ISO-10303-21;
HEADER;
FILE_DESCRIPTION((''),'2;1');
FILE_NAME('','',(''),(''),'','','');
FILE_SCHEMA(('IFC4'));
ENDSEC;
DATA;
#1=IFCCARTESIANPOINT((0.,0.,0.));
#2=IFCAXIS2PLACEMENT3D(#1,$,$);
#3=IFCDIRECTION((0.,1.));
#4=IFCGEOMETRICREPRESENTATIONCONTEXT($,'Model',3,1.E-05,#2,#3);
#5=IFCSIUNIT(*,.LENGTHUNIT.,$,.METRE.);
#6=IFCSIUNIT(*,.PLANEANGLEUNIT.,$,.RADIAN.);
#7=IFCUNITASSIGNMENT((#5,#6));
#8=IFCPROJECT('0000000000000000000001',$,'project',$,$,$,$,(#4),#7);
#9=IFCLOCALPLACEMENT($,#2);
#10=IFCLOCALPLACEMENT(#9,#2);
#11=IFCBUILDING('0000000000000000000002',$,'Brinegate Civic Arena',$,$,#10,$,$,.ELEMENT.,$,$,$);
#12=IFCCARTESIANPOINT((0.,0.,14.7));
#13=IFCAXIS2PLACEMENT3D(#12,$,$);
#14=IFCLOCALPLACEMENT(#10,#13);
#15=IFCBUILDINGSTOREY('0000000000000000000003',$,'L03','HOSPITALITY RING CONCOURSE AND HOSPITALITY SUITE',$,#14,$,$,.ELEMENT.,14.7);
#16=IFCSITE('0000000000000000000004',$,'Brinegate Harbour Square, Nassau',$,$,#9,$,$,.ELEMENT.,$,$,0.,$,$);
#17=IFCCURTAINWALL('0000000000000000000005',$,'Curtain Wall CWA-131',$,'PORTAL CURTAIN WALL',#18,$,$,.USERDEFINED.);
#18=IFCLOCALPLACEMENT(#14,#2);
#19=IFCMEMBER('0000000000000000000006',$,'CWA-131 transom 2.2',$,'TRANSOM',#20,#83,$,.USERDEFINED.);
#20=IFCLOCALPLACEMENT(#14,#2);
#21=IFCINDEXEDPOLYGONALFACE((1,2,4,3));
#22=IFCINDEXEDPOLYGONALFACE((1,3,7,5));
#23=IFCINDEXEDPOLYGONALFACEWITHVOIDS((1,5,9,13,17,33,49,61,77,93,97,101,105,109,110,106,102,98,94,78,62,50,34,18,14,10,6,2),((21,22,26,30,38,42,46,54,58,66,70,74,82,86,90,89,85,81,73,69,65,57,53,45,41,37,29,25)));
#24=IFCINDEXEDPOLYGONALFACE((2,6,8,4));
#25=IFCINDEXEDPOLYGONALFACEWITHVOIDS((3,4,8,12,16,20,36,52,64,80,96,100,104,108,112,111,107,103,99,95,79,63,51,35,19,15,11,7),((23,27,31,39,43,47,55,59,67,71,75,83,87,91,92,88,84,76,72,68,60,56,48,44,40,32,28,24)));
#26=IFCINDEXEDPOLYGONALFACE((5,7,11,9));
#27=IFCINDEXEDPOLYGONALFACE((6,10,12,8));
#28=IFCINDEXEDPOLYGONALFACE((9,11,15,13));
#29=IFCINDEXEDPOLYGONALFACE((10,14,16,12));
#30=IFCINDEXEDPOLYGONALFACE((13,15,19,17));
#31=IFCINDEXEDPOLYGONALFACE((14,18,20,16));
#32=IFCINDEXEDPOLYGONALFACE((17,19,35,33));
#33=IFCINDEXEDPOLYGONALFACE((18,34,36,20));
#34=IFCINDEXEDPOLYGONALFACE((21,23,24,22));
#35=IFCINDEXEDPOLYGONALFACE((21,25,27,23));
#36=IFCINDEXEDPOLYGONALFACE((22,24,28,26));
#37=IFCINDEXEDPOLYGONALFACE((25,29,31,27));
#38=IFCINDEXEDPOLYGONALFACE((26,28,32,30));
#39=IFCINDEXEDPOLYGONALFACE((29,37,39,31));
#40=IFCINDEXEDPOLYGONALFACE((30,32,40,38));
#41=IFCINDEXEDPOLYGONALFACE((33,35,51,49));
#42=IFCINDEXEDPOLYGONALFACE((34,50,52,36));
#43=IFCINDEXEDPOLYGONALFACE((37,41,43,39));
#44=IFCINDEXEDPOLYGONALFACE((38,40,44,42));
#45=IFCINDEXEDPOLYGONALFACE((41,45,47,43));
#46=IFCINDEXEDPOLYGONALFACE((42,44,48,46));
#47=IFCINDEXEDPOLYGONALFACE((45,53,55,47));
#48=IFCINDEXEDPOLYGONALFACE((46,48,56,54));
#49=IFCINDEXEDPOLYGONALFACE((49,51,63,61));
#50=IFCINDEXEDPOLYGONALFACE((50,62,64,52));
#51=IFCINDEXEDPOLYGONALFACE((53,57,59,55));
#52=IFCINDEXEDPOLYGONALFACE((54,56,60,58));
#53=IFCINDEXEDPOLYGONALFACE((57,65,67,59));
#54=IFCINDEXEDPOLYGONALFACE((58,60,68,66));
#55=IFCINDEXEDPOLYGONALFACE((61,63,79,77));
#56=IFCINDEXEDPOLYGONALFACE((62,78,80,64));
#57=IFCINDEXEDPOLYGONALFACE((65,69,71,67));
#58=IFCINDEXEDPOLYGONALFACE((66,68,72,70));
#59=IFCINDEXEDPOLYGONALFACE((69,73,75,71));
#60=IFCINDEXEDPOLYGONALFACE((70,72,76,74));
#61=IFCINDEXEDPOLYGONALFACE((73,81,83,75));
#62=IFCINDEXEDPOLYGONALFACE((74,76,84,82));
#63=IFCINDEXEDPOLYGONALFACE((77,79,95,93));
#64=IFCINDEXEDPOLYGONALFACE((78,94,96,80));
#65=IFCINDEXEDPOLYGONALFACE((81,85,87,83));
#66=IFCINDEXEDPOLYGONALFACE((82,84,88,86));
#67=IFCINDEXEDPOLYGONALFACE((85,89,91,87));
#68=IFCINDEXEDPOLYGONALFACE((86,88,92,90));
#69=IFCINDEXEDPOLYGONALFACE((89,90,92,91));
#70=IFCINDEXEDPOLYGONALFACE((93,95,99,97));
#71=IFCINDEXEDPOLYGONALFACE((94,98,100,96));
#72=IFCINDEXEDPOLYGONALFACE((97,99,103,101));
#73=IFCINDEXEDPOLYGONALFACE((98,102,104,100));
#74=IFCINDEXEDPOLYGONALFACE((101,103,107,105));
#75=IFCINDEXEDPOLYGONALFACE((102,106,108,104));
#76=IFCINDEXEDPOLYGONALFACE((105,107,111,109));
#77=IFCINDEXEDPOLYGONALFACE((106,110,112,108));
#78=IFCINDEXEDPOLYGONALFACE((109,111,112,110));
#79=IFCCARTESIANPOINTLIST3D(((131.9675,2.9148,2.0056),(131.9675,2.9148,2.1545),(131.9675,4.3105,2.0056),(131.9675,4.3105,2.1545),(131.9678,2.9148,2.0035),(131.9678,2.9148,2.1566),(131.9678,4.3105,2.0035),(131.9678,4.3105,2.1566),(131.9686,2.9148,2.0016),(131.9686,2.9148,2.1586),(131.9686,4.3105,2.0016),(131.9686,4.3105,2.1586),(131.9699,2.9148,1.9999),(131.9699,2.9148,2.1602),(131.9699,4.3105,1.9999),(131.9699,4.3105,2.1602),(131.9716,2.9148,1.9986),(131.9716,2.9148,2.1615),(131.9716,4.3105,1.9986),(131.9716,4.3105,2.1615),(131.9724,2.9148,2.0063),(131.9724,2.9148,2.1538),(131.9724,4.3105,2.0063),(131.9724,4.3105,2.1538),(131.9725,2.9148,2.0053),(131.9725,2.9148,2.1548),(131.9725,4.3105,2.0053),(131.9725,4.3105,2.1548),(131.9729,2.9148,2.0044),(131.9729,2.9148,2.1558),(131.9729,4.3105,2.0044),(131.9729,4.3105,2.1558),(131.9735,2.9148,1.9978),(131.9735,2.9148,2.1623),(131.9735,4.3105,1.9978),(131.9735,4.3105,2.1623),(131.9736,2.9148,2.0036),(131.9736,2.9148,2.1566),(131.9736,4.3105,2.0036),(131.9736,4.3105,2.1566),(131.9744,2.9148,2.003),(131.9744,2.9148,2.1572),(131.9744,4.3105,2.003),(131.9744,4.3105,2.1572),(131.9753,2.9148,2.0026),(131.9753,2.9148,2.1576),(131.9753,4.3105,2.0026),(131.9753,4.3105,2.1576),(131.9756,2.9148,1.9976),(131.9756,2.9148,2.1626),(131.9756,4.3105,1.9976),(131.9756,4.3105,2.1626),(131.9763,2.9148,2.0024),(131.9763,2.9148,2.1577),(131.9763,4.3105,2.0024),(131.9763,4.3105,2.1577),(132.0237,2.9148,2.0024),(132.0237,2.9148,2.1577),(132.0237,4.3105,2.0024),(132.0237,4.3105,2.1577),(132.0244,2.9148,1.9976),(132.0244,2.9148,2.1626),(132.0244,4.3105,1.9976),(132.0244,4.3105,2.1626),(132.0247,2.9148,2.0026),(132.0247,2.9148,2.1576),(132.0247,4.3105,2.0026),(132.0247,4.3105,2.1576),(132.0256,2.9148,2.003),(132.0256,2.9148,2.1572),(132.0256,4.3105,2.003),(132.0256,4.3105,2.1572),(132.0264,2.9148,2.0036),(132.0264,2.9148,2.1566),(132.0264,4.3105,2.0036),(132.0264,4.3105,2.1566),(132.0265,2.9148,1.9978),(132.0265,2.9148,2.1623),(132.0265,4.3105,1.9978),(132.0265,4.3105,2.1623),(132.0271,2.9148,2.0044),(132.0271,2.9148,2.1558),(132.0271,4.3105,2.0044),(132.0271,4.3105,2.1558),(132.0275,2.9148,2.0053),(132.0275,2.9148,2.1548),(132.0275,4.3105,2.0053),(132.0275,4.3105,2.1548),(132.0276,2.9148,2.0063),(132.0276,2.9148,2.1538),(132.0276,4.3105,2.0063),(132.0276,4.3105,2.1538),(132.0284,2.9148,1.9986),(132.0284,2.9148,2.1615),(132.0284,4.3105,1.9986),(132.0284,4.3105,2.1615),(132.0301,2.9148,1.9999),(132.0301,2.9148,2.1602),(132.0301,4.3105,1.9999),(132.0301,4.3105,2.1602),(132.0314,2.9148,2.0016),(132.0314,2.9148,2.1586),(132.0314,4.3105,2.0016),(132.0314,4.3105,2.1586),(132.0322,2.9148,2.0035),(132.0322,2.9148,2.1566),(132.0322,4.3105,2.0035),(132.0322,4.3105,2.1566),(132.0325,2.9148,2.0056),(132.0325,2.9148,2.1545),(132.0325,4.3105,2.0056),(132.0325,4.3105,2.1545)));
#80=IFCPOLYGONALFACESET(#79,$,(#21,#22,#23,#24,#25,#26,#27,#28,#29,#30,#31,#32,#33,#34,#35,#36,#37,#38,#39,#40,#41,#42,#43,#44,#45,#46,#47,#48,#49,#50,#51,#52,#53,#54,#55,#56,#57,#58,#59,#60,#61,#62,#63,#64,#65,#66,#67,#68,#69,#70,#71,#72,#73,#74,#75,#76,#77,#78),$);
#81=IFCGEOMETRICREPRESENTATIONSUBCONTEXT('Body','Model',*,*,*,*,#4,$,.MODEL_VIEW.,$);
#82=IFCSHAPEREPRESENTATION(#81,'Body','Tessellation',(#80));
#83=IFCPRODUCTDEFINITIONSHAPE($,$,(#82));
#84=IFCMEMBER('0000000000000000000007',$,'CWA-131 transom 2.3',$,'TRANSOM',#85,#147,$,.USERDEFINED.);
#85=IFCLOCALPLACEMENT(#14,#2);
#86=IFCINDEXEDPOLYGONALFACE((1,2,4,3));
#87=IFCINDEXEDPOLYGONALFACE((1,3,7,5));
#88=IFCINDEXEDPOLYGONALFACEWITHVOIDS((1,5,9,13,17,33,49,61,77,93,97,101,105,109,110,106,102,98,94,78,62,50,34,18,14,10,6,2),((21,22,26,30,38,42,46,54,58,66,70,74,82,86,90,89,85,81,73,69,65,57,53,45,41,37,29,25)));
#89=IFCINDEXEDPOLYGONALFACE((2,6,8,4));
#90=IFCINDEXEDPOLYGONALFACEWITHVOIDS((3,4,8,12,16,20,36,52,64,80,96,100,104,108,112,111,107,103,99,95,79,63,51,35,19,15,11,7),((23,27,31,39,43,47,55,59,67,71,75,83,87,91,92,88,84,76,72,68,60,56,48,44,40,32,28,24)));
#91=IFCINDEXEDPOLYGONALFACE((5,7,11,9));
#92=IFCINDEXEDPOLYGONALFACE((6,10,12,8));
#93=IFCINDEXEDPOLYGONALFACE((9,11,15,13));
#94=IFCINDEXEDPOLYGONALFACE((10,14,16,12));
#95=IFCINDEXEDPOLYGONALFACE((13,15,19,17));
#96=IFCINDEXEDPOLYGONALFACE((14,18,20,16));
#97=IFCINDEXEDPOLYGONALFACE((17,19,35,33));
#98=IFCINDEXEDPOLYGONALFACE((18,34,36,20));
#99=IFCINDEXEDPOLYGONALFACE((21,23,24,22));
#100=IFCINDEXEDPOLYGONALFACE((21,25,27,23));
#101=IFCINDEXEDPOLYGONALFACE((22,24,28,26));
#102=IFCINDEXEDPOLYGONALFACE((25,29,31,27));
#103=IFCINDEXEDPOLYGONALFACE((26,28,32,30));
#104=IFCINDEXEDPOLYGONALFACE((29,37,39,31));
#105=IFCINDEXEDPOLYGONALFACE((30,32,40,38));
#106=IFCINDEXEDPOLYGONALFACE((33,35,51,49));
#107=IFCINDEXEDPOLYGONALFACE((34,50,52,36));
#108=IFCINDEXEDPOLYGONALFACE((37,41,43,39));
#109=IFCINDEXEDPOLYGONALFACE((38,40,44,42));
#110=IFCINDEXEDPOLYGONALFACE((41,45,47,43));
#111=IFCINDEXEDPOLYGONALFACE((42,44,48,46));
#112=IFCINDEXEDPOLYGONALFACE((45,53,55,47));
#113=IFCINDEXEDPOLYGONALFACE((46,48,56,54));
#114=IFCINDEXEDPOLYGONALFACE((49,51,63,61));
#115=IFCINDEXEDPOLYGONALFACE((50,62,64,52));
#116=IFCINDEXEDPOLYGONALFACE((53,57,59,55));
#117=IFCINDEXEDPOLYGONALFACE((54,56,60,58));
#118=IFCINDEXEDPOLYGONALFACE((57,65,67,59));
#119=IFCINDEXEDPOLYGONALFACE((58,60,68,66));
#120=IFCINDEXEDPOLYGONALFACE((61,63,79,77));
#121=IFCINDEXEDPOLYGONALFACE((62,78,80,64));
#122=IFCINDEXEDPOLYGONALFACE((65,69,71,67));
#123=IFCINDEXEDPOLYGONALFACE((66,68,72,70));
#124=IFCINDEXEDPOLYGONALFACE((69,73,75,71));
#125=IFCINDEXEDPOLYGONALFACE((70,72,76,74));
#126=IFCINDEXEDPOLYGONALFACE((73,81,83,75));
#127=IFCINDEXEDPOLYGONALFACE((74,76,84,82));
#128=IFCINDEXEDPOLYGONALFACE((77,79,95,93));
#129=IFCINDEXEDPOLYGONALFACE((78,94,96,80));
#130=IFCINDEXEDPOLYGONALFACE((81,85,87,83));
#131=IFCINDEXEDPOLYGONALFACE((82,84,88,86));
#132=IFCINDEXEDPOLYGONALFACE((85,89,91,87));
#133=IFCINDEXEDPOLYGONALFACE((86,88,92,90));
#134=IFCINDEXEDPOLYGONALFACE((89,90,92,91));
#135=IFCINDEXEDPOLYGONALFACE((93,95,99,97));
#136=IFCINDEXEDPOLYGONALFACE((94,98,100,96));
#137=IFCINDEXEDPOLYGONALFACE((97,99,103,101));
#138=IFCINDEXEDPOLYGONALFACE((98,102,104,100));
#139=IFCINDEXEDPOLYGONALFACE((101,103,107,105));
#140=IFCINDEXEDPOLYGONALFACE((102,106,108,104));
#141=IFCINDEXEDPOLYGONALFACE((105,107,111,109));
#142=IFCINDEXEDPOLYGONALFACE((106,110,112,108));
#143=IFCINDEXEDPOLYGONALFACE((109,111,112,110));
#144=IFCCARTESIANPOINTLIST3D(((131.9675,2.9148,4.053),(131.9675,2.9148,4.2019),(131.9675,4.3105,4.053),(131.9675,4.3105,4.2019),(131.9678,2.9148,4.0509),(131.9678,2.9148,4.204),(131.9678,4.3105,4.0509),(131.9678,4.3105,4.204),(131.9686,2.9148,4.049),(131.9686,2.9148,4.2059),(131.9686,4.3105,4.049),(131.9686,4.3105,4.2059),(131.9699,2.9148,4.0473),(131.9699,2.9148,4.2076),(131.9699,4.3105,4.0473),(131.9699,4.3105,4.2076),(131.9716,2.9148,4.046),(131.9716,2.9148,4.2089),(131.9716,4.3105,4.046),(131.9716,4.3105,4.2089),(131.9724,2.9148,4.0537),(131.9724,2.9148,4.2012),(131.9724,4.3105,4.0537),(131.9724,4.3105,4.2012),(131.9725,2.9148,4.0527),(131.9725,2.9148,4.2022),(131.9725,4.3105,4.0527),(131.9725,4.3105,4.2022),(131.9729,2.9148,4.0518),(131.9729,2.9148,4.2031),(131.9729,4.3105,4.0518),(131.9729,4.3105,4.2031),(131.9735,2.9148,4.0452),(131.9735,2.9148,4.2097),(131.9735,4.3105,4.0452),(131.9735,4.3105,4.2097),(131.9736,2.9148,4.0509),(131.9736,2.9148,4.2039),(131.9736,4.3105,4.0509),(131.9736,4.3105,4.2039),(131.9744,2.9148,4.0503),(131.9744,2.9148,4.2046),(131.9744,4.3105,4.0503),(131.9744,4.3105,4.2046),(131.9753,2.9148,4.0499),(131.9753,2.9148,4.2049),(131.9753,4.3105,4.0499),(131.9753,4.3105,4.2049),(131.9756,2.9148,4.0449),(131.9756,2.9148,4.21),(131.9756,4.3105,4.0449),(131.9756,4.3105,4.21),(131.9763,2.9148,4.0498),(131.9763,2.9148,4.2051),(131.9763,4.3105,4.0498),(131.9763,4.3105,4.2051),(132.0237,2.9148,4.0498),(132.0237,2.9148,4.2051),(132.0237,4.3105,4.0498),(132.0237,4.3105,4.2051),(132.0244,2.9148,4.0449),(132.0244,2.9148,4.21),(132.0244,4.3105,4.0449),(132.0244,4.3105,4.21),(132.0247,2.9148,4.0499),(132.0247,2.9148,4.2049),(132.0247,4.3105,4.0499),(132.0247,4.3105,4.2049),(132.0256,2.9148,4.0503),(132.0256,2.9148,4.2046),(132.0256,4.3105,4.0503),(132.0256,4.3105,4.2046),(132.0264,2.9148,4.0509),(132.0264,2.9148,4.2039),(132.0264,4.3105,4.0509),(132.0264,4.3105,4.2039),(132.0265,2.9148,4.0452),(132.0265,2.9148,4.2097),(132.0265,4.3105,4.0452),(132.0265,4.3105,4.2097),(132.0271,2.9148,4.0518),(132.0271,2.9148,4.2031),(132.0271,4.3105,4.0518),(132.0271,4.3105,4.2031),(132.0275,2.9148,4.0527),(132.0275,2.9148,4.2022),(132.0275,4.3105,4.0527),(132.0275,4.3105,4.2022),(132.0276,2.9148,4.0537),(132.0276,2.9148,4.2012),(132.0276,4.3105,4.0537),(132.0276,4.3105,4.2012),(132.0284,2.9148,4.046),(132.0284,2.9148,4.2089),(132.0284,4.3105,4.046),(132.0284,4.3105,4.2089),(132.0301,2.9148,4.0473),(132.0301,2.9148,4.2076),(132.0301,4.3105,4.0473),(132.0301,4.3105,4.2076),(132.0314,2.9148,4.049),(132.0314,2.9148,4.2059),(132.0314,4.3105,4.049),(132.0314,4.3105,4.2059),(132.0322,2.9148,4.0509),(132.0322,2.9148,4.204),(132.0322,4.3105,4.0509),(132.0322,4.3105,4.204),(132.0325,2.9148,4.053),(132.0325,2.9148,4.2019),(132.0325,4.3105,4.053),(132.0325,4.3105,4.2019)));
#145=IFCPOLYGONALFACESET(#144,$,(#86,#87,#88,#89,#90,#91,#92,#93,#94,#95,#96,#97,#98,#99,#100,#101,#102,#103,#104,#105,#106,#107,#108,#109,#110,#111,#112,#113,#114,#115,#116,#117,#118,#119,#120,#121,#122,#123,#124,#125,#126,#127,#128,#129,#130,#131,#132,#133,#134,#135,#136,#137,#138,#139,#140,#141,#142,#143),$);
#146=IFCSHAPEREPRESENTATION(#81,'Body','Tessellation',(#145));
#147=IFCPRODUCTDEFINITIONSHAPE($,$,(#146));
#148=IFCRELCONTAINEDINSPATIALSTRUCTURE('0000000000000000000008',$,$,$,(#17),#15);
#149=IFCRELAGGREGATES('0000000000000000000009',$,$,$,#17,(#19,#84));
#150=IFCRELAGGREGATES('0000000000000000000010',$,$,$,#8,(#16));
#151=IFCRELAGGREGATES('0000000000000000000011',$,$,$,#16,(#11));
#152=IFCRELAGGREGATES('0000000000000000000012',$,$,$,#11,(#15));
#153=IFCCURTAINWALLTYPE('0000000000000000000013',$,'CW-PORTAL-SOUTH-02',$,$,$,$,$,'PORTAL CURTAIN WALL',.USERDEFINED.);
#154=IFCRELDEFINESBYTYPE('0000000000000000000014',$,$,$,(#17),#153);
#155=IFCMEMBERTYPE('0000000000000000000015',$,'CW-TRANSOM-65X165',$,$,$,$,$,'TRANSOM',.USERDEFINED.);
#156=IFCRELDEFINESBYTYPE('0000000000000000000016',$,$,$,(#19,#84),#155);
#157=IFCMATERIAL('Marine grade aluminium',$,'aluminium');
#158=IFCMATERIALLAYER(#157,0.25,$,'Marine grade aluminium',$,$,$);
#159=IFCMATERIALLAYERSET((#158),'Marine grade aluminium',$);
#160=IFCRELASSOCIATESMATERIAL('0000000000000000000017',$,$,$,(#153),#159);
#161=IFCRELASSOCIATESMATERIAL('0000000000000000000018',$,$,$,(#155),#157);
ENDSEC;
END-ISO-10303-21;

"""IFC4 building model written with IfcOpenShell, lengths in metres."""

from ifc_helpers import new_model, si_unit, direction, frame, origin, origin_2d, place, context, subcontext, project, spatial, hollow_rectangle, extrude, material, layer, layer_set, material_profile, profile_set, type_object, element, aggregate, save


model = new_model("IFC4")

# Units and contexts
model_context = context("Model", 3, precision=1e-05, world=origin(), true_north=direction((0.0, 1.0)))
body_context = subcontext(model_context, "Body", "Model", "MODEL_VIEW")
ifc_project = project(units=[si_unit("LENGTHUNIT", "METRE"), si_unit("PLANEANGLEUNIT", "RADIAN")], contexts=[model_context])

# Site, building, storey
site_placement = place(None, origin())
site = spatial("IfcSite", under=ifc_project, at=site_placement, Name="Brinegate Harbour Square, Nassau", CompositionType="ELEMENT", RefElevation=0.0)
building_placement = place(site_placement, origin())
building = spatial("IfcBuilding", under=site, at=building_placement, Name="Brinegate Civic Arena", CompositionType="ELEMENT")
storey_placement = place(building_placement, frame((0.0, 0.0, 14.7)))
storey = spatial("IfcBuildingStorey", under=building, at=storey_placement, Name="L03", Description="HOSPITALITY RING CONCOURSE AND HOSPITALITY SUITE", CompositionType="ELEMENT", Elevation=14.7)

# Curtain wall, members
ifc_material_1 = material(Name="Marine grade aluminium", Category="aluminium")
ifc_layer_1 = layer(ifc_material_1, 0.25, Name="Marine grade aluminium")
ifc_layer_set_1 = layer_set([ifc_layer_1], Name="Marine grade aluminium")
curtain_wall_type = type_object("IfcCurtainWallType", Name="CW-PORTAL-SOUTH-02", ElementType="PORTAL CURTAIN WALL", PredefinedType="USERDEFINED", material=ifc_layer_set_1)
curtain_wall_placement = place(storey_placement, origin())
curtain_wall = element("IfcCurtainWall", 1, at=curtain_wall_placement, inside=storey, type_object=curtain_wall_type, Name="Curtain Wall CWA-131", ObjectType="PORTAL CURTAIN WALL", PredefinedType="USERDEFINED")
ifc_material_profile_1 = material_profile(ifc_material_1, hollow_rectangle(XDim=0.0649, YDim=0.165, WallThickness=0.0049, InnerFilletRadius=0.0039, OuterFilletRadius=0.0081, at=origin_2d()), Name="TRN65X165")
ifc_profile_set_1 = profile_set([ifc_material_profile_1], Name="Marine grade aluminium")
member_type_1 = type_object("IfcMemberType", Name="CW-TRANSOM-65X165", ElementType="TRANSOM", PredefinedType="USERDEFINED", material=ifc_profile_set_1)
member_1_placement = place(storey_placement, frame((132.0, 2.9148, 2.0801), z_axis=(0.0, 1.0, 0.0), x_axis=(-1.0, 0.0, 0.0)))
member_1 = element("IfcMember", 2, at=member_1_placement, type_object=member_type_1, Name="CWA-131 transom 2.2", ObjectType="TRANSOM", PredefinedType="USERDEFINED", context=body_context, shape_type="SweptSolid", body=[
    extrude(hollow_rectangle(XDim=0.0649, YDim=0.165, WallThickness=0.0049, InnerFilletRadius=0.0039, OuterFilletRadius=0.0081, at=origin_2d()), origin(), (0.0, 0.0, 1.0), 1.3958),
])
member_2_placement = place(storey_placement, frame((132.0, 2.9148, 4.1274), z_axis=(0.0, 1.0, 0.0), x_axis=(-1.0, 0.0, 0.0)))
member_2 = element("IfcMember", 3, at=member_2_placement, type_object=member_type_1, Name="CWA-131 transom 2.3", ObjectType="TRANSOM", PredefinedType="USERDEFINED", context=body_context, shape_type="SweptSolid", body=[
    extrude(hollow_rectangle(XDim=0.0649, YDim=0.165, WallThickness=0.0049, InnerFilletRadius=0.0039, OuterFilletRadius=0.0081, at=origin_2d()), origin(), (0.0, 0.0, 1.0), 1.3958),
])

aggregate(curtain_wall, [member_1, member_2])

save(model, "model.ifc")
